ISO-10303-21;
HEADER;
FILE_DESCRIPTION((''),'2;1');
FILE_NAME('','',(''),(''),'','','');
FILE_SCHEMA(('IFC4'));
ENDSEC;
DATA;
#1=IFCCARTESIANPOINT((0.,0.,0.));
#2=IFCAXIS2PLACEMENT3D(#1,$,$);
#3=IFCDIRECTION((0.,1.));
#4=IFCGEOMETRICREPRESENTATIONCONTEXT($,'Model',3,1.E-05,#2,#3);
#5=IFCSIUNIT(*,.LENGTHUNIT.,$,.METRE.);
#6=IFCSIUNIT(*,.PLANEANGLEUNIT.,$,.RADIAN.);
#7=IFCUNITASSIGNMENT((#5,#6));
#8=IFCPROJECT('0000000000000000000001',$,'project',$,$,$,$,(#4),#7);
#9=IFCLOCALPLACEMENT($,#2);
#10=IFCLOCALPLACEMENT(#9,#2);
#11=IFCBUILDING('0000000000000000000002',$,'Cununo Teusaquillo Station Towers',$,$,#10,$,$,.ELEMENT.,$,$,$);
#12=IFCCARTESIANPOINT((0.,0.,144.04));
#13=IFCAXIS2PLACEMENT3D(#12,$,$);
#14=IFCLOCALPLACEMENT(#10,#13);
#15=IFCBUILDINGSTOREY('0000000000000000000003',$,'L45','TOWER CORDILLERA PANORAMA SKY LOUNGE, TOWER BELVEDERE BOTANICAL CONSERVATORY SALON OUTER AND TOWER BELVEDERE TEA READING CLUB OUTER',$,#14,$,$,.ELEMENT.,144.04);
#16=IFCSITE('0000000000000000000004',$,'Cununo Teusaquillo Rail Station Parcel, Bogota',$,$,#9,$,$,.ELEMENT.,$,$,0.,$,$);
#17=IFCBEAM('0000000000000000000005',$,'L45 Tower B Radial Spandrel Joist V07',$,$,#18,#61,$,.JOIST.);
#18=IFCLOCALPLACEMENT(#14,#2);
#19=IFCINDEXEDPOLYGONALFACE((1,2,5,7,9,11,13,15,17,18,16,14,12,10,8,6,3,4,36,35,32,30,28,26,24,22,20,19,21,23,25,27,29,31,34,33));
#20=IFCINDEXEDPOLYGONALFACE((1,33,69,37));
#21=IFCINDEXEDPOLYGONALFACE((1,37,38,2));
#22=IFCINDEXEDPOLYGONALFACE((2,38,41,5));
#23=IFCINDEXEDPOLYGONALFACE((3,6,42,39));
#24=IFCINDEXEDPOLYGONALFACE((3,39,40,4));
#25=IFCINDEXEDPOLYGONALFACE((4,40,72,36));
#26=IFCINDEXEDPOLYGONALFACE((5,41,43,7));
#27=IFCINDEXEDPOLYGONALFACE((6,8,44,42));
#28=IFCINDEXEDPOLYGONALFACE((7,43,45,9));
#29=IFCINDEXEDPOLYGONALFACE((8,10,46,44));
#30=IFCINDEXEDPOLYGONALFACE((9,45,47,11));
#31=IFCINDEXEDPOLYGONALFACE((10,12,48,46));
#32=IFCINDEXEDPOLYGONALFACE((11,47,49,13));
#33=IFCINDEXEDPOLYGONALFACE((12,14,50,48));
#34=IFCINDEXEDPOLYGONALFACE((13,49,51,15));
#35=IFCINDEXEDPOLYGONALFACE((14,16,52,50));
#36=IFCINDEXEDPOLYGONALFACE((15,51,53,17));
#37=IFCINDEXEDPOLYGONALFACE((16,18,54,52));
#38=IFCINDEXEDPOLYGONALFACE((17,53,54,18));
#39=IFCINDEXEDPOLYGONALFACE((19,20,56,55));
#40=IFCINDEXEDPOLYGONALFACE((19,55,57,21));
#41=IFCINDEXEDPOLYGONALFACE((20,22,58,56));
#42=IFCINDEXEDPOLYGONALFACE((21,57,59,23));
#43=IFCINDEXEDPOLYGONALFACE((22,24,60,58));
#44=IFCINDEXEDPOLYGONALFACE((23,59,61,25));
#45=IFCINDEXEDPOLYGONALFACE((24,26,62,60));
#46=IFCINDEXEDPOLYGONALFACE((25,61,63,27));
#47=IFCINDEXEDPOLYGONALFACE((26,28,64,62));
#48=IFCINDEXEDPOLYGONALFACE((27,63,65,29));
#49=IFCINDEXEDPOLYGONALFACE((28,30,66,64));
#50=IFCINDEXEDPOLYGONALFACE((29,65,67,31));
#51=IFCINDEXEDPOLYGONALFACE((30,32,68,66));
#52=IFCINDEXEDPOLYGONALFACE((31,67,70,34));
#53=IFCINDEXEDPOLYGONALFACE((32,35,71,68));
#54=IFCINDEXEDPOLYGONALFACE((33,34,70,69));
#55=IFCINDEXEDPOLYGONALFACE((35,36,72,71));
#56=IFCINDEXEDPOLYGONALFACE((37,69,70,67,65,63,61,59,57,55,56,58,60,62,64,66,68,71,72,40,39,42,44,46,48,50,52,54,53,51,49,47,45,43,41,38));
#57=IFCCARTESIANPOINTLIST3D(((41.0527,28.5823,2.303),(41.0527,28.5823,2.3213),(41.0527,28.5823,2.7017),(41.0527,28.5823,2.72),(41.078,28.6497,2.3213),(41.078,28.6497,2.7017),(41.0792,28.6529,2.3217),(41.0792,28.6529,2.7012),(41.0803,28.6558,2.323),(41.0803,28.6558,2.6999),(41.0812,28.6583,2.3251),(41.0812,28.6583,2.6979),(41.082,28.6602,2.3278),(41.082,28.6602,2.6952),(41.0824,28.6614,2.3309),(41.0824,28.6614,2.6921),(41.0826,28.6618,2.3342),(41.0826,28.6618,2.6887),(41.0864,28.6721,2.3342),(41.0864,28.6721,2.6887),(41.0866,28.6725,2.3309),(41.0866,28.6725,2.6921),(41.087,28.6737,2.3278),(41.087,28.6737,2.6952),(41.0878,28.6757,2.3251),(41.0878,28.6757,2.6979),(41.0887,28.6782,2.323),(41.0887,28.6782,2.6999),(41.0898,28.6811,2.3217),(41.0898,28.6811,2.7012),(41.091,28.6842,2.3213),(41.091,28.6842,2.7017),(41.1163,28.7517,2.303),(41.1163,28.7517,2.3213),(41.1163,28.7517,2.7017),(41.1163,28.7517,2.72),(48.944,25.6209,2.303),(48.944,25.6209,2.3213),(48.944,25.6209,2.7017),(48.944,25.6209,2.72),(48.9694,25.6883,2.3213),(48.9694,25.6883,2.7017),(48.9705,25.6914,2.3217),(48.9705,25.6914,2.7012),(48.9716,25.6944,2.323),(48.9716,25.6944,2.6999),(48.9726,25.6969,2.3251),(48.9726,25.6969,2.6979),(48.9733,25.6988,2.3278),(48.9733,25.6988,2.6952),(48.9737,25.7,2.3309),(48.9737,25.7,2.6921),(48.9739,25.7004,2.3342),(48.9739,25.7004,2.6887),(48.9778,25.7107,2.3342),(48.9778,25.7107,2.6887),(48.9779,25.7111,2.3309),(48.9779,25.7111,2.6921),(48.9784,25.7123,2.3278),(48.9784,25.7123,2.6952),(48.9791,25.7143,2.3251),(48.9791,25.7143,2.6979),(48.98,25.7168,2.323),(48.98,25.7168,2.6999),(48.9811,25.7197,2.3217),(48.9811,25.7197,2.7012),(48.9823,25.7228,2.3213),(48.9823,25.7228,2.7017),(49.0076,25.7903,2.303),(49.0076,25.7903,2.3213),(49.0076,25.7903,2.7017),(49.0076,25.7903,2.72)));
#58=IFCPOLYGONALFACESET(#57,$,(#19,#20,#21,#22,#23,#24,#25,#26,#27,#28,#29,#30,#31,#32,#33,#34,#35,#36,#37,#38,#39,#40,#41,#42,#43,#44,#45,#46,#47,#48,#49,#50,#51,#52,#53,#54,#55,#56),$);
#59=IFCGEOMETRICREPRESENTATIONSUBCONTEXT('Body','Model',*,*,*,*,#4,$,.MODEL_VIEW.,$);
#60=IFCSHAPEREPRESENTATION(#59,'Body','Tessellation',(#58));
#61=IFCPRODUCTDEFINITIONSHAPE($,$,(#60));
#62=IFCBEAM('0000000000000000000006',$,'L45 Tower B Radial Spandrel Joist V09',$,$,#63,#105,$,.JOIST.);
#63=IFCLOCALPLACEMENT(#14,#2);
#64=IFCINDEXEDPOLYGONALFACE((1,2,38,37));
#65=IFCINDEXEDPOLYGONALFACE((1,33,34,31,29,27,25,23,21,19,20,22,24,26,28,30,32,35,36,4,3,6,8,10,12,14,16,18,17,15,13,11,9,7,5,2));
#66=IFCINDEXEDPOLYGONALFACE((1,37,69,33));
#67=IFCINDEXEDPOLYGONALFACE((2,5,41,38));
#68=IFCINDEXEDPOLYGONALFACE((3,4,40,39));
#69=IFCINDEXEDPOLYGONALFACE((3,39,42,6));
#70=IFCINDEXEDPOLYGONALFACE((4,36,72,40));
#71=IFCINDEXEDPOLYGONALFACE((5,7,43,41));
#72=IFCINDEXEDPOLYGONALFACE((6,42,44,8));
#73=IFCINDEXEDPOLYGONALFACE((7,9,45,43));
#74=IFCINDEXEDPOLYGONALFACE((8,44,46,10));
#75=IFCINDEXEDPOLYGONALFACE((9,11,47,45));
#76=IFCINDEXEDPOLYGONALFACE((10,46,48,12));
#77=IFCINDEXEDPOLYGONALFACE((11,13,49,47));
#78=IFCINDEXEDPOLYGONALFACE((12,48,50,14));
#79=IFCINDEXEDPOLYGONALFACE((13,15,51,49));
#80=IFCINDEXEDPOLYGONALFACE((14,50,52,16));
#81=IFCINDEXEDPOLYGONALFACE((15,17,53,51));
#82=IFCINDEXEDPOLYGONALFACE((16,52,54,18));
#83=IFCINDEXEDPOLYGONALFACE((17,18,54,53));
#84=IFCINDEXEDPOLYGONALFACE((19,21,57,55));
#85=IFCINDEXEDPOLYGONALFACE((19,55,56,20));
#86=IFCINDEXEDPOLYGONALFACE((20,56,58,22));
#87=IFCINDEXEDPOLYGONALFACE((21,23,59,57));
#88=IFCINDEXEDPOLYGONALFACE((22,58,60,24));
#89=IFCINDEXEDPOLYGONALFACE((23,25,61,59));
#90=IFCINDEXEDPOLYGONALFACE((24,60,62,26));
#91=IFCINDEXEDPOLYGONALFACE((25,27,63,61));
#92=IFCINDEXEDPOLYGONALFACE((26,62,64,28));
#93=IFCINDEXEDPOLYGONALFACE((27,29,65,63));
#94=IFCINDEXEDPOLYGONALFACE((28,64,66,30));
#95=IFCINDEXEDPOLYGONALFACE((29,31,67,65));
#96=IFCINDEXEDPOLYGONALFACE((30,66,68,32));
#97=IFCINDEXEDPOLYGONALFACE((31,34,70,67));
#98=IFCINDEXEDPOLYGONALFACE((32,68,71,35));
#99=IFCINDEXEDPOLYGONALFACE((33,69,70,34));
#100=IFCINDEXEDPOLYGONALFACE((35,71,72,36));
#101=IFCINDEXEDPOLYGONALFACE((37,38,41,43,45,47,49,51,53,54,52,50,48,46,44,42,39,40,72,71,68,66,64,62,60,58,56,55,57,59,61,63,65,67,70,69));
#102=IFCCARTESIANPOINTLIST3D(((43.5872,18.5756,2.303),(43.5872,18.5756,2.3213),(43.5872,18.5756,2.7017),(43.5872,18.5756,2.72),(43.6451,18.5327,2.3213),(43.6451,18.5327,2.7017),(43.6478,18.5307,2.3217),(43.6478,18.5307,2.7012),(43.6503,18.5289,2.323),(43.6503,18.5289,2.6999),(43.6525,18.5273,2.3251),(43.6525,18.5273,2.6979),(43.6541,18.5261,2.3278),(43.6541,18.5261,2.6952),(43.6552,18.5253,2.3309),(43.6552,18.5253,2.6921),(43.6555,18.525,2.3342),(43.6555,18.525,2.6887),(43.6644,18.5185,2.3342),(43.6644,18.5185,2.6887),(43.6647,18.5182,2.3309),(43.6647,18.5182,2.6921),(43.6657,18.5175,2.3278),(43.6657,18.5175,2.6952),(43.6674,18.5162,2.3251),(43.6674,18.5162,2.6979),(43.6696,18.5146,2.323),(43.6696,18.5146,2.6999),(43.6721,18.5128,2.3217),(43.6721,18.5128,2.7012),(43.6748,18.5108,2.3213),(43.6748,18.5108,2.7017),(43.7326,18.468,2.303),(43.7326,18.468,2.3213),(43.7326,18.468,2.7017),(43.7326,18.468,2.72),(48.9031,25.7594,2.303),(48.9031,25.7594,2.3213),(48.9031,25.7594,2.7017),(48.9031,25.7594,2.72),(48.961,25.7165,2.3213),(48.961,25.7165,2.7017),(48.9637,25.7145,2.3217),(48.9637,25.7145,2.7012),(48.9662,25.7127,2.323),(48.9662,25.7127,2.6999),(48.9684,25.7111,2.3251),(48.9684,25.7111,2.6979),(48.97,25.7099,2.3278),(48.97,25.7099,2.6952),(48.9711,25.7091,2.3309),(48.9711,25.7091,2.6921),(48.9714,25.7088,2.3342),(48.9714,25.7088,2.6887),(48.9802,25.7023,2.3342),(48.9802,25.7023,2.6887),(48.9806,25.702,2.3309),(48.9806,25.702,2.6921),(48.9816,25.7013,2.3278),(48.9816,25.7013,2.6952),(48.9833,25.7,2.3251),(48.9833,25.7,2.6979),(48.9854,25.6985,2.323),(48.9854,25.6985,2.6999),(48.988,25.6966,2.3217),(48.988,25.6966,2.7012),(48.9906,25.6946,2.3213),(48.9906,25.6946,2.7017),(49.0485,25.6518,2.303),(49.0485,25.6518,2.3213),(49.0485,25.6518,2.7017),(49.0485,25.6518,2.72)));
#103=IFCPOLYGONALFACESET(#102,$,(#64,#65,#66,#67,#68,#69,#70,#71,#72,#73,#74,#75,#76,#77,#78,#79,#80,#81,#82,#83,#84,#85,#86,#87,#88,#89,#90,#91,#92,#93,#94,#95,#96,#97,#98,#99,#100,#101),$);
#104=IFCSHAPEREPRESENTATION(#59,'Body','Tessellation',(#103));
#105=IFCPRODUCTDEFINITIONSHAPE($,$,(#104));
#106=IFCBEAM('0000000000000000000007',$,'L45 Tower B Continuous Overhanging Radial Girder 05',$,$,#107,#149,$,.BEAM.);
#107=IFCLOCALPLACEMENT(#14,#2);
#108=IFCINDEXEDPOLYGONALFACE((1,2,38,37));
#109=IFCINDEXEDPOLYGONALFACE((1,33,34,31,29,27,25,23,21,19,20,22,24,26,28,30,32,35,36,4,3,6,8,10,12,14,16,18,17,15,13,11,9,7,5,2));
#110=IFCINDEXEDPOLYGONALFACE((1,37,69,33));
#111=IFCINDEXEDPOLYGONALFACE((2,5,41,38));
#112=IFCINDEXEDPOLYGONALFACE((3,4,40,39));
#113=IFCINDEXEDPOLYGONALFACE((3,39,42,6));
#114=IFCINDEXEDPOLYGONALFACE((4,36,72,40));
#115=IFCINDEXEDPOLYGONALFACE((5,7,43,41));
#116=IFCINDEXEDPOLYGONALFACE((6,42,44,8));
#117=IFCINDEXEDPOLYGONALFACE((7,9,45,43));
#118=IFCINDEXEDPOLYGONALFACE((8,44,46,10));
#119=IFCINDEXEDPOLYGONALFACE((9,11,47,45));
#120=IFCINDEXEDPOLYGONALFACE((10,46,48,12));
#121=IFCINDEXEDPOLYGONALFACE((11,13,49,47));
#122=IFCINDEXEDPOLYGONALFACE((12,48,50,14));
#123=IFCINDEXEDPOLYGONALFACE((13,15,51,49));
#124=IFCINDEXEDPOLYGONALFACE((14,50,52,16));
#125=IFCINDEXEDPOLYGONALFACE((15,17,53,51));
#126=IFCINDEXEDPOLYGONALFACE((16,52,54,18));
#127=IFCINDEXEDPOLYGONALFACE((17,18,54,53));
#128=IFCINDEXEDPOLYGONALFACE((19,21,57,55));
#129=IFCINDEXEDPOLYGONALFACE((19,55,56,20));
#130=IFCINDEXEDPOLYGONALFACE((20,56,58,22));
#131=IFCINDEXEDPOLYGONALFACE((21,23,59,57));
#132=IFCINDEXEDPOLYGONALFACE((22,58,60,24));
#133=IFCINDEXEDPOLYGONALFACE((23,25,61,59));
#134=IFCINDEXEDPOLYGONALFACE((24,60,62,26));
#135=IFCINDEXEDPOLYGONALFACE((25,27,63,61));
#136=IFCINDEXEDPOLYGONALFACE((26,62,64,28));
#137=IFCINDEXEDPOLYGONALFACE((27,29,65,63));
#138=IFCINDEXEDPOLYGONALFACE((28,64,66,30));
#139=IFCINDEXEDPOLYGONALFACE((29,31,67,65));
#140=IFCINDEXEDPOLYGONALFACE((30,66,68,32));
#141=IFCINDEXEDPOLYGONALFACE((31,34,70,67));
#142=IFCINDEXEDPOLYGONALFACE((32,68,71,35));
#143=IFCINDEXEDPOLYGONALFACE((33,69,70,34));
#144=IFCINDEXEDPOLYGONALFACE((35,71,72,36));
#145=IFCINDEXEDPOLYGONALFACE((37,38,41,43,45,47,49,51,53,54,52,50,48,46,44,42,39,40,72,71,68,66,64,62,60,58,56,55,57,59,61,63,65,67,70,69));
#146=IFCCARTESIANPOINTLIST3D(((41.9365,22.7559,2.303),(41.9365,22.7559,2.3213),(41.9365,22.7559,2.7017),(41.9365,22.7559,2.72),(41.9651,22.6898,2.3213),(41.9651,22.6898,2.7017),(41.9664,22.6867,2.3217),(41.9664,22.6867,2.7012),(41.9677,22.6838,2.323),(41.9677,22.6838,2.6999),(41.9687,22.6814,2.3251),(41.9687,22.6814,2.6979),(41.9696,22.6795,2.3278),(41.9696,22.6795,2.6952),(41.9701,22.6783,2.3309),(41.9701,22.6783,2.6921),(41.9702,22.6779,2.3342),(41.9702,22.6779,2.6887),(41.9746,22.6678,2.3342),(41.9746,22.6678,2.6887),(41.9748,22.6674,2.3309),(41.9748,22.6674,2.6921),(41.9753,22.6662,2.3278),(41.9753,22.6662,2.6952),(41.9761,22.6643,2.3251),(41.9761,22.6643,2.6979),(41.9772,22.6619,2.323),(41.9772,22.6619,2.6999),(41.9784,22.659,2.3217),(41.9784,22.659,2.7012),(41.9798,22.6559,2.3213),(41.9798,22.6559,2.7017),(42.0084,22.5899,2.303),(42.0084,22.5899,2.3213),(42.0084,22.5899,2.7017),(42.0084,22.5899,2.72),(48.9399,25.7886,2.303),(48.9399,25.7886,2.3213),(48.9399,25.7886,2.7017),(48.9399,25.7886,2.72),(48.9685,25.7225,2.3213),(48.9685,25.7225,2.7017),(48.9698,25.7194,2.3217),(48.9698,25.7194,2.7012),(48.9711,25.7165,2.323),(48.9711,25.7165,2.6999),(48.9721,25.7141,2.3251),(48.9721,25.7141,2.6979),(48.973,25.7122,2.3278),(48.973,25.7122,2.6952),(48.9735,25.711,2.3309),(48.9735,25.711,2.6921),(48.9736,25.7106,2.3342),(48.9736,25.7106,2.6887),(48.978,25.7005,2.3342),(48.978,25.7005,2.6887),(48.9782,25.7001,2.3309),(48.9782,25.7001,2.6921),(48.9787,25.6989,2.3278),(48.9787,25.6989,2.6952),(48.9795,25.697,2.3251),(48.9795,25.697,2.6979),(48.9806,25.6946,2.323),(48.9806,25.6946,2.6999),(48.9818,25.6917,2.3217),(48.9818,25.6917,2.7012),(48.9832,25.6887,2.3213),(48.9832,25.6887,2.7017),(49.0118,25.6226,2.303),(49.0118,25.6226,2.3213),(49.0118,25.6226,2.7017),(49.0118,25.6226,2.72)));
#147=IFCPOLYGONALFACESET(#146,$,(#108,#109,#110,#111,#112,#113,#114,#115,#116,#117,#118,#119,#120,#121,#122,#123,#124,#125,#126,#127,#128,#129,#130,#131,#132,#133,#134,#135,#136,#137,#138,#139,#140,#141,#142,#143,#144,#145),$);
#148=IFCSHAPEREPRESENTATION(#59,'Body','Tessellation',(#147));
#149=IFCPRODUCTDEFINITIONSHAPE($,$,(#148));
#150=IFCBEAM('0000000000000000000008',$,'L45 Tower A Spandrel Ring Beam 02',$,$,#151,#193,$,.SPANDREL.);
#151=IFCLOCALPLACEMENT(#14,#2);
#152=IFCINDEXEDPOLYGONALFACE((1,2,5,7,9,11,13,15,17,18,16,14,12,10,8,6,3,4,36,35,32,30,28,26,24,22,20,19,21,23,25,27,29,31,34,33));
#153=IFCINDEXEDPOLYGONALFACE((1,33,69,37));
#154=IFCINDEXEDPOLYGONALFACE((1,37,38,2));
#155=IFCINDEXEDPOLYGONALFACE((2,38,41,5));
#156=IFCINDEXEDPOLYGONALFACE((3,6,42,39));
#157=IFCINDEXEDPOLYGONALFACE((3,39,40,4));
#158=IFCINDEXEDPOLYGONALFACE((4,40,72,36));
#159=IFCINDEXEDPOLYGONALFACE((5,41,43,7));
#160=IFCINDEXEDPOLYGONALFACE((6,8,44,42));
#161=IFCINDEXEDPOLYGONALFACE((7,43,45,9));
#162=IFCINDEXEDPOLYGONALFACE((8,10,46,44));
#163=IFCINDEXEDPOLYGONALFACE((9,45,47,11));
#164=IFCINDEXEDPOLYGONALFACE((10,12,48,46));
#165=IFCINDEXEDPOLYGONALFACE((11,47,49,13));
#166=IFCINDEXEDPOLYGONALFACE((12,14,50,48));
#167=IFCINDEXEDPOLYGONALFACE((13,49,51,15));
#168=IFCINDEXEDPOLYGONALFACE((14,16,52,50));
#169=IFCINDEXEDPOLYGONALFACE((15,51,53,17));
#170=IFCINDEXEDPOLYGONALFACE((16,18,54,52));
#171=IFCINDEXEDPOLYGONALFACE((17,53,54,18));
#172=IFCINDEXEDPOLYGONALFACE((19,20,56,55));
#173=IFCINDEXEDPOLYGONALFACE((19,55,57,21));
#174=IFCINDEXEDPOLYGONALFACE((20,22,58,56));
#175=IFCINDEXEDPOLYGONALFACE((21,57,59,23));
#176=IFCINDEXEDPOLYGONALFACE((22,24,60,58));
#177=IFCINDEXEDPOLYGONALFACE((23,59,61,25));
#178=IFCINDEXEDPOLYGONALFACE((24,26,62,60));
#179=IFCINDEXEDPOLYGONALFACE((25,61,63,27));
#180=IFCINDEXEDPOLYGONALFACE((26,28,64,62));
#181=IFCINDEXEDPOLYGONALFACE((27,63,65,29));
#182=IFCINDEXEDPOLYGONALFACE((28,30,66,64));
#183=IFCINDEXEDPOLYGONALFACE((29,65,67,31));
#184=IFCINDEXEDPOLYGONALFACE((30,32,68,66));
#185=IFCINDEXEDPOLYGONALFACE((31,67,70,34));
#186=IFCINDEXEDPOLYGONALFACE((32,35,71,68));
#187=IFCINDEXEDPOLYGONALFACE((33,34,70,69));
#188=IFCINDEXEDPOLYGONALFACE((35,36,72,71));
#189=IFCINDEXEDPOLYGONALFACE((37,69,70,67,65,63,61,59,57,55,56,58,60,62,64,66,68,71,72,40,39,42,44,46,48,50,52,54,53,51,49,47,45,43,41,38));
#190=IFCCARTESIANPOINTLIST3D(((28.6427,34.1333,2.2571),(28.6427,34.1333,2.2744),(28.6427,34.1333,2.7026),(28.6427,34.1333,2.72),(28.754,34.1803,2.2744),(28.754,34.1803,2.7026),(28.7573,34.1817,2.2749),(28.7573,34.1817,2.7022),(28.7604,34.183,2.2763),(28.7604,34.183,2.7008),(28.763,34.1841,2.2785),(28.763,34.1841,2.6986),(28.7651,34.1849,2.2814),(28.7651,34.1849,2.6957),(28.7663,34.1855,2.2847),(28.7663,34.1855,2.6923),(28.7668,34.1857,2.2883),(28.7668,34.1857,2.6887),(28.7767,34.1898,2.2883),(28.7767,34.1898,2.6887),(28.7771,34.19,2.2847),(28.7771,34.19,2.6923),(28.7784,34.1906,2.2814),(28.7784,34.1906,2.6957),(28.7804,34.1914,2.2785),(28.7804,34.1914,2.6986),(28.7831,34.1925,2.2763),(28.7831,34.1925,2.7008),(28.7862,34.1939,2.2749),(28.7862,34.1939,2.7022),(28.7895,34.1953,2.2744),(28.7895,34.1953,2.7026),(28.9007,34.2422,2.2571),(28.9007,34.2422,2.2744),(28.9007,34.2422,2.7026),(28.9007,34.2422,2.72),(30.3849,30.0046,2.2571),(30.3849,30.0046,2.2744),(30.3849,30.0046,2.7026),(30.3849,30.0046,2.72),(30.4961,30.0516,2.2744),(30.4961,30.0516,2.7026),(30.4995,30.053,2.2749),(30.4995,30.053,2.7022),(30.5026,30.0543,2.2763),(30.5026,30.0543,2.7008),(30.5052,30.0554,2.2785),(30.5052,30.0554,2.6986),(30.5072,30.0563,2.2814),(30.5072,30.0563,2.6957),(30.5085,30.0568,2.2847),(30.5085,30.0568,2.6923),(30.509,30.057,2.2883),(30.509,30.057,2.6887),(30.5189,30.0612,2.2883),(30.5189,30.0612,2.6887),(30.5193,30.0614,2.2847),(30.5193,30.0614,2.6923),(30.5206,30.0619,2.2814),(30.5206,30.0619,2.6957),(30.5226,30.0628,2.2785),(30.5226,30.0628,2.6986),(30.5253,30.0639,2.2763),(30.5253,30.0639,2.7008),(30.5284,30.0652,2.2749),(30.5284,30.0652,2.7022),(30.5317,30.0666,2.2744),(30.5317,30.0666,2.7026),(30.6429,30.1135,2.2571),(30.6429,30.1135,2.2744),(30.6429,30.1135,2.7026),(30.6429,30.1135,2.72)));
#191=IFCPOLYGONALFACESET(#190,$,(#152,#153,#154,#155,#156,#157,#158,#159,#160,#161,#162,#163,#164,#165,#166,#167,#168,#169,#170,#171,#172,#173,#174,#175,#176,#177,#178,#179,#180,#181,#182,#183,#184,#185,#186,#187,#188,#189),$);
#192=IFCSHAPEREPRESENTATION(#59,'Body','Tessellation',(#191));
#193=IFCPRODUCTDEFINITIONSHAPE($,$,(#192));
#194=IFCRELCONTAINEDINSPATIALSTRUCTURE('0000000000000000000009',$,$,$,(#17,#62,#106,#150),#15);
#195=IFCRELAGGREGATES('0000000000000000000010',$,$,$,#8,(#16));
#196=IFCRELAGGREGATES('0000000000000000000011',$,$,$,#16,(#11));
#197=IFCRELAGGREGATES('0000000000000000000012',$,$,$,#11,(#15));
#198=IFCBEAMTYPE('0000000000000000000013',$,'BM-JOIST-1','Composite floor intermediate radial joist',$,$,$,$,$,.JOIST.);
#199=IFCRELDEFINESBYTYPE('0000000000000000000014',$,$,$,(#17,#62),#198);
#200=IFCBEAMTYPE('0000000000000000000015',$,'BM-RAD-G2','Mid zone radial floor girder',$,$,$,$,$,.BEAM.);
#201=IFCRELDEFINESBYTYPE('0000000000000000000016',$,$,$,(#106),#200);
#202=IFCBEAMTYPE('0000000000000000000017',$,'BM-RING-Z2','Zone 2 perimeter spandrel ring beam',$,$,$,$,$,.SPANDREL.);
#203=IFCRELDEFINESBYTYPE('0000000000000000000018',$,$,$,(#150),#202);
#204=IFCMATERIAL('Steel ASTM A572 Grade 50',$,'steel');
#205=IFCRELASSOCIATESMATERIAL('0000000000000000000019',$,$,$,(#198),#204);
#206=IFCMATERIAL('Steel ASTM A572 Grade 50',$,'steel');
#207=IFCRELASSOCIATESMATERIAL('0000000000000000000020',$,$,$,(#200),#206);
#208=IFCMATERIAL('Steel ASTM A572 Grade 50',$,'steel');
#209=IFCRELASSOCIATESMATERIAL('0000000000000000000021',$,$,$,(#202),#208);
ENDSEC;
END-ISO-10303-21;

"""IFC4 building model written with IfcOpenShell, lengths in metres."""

from ifc_helpers import new_model, si_unit, direction, frame, origin, origin_2d, place, context, subcontext, project, spatial, i_section, extrude, material, material_profile, profile_set, type_object, element, save


model = new_model("IFC4")

# Units and contexts
model_context = context("Model", 3, precision=1e-05, world=origin(), true_north=direction((0.0, 1.0)))
body_context = subcontext(model_context, "Body", "Model", "MODEL_VIEW")
ifc_project = project(units=[si_unit("LENGTHUNIT", "METRE"), si_unit("PLANEANGLEUNIT", "RADIAN")], contexts=[model_context])

# Site, building, storey
site_placement = place(None, origin())
site = spatial("IfcSite", under=ifc_project, at=site_placement, Name="Cununo Teusaquillo Rail Station Parcel, Bogota", CompositionType="ELEMENT", RefElevation=0.0)
building_placement = place(site_placement, origin())
building = spatial("IfcBuilding", under=site, at=building_placement, Name="Cununo Teusaquillo Station Towers", CompositionType="ELEMENT")
storey_placement = place(building_placement, frame((0.0, 0.0, 144.04)))
storey = spatial("IfcBuildingStorey", under=building, at=storey_placement, Name="L45", Description="TOWER CORDILLERA PANORAMA SKY LOUNGE, TOWER BELVEDERE BOTANICAL CONSERVATORY SALON OUTER AND TOWER BELVEDERE TEA READING CLUB OUTER", CompositionType="ELEMENT", Elevation=144.04)

# Beams
ifc_material_1 = material(Name="Steel ASTM A572 Grade 50", Category="steel")
ifc_material_profile_1 = material_profile(ifc_material_1, i_section(OverallWidth=0.1809, OverallDepth=0.417, WebThickness=0.011, FlangeThickness=0.0183, FilletRadius=0.0129, at=origin_2d()), Name="W16X57")
ifc_profile_set_1 = profile_set([ifc_material_profile_1], Name="Steel ASTM A572 Grade 50")
beam_type_1 = type_object("IfcBeamType", Name="BM-JOIST-1", Description="Composite floor intermediate radial joist", PredefinedType="JOIST", material=ifc_profile_set_1)
beam_1_placement = place(storey_placement, frame((48.9758, 25.7056, 2.5115), z_axis=(-0.936245, 0.351349, 0.0), x_axis=(-0.351349, -0.936245, 0.0)))
element("IfcBeam", 1, at=beam_1_placement, inside=storey, type_object=beam_type_1, Name="L45 Tower B Radial Spandrel Joist V07", PredefinedType="JOIST", context=body_context, shape_type="SweptSolid", body=[
    extrude(i_section(OverallWidth=0.1809, OverallDepth=0.417, WebThickness=0.011, FlangeThickness=0.0183, FilletRadius=0.0129, at=origin_2d()), origin(), (0.0, 0.0, 1.0), 8.4287),
])
beam_2_placement = place(storey_placement, frame((48.9758, 25.7056, 2.5115), z_axis=(-0.594834, -0.803848, 0.0), x_axis=(0.803848, -0.594834, 0.0)))
element("IfcBeam", 2, at=beam_2_placement, inside=storey, type_object=beam_type_1, Name="L45 Tower B Radial Spandrel Joist V09", PredefinedType="JOIST", context=body_context, shape_type="SweptSolid", body=[
    extrude(i_section(OverallWidth=0.1809, OverallDepth=0.417, WebThickness=0.011, FlangeThickness=0.0183, FilletRadius=0.0129, at=origin_2d()), origin(), (0.0, 0.0, 1.0), 8.9368),
])
ifc_material_2 = material(Name="Steel ASTM A572 Grade 50", Category="steel")
ifc_material_profile_2 = material_profile(ifc_material_2, i_section(OverallWidth=0.1809, OverallDepth=0.417, WebThickness=0.011, FlangeThickness=0.0183, FilletRadius=0.0129, at=origin_2d()), Name="W16X57")
ifc_profile_set_2 = profile_set([ifc_material_profile_2], Name="Steel ASTM A572 Grade 50")
beam_type_2 = type_object("IfcBeamType", Name="BM-RAD-G2", Description="Mid zone radial floor girder", PredefinedType="BEAM", material=ifc_profile_set_2)
beam_3_placement = place(storey_placement, frame((48.9758, 25.7056, 2.5115), z_axis=(-0.917656, -0.397376, 0.0), x_axis=(0.397376, -0.917656, 0.0)))
element("IfcBeam", 3, at=beam_3_placement, inside=storey, type_object=beam_type_2, Name="L45 Tower B Continuous Overhanging Radial Girder 05", PredefinedType="BEAM", context=body_context, shape_type="SweptSolid", body=[
    extrude(i_section(OverallWidth=0.1809, OverallDepth=0.417, WebThickness=0.011, FlangeThickness=0.0183, FilletRadius=0.0129, at=origin_2d()), origin(), (0.0, 0.0, 1.0), 7.6318),
])
ifc_material_3 = material(Name="Steel ASTM A572 Grade 50", Category="steel")
ifc_material_profile_3 = material_profile(ifc_material_3, i_section(OverallWidth=0.28, OverallDepth=0.4629, WebThickness=0.0107, FlangeThickness=0.0173, FilletRadius=0.0139, at=origin_2d()), Name="W18X76")
ifc_profile_set_3 = profile_set([ifc_material_profile_3], Name="Steel ASTM A572 Grade 50")
beam_type_3 = type_object("IfcBeamType", Name="BM-RING-Z2", Description="Zone 2 perimeter spandrel ring beam", PredefinedType="SPANDREL", material=ifc_profile_set_3)
beam_4_placement = place(storey_placement, frame((30.5139, 30.0591, 2.4885), z_axis=(-0.388778, 0.921332, 0.0), x_axis=(-0.921332, -0.388778, 0.0)))
element("IfcBeam", 4, at=beam_4_placement, inside=storey, type_object=beam_type_3, Name="L45 Tower A Spandrel Ring Beam 02", PredefinedType="SPANDREL", context=body_context, shape_type="SweptSolid", body=[
    extrude(i_section(OverallWidth=0.28, OverallDepth=0.4629, WebThickness=0.0107, FlangeThickness=0.0173, FilletRadius=0.0139, at=origin_2d()), origin(), (0.0, 0.0, 1.0), 4.4812),
])

save(model, "model.ifc")
